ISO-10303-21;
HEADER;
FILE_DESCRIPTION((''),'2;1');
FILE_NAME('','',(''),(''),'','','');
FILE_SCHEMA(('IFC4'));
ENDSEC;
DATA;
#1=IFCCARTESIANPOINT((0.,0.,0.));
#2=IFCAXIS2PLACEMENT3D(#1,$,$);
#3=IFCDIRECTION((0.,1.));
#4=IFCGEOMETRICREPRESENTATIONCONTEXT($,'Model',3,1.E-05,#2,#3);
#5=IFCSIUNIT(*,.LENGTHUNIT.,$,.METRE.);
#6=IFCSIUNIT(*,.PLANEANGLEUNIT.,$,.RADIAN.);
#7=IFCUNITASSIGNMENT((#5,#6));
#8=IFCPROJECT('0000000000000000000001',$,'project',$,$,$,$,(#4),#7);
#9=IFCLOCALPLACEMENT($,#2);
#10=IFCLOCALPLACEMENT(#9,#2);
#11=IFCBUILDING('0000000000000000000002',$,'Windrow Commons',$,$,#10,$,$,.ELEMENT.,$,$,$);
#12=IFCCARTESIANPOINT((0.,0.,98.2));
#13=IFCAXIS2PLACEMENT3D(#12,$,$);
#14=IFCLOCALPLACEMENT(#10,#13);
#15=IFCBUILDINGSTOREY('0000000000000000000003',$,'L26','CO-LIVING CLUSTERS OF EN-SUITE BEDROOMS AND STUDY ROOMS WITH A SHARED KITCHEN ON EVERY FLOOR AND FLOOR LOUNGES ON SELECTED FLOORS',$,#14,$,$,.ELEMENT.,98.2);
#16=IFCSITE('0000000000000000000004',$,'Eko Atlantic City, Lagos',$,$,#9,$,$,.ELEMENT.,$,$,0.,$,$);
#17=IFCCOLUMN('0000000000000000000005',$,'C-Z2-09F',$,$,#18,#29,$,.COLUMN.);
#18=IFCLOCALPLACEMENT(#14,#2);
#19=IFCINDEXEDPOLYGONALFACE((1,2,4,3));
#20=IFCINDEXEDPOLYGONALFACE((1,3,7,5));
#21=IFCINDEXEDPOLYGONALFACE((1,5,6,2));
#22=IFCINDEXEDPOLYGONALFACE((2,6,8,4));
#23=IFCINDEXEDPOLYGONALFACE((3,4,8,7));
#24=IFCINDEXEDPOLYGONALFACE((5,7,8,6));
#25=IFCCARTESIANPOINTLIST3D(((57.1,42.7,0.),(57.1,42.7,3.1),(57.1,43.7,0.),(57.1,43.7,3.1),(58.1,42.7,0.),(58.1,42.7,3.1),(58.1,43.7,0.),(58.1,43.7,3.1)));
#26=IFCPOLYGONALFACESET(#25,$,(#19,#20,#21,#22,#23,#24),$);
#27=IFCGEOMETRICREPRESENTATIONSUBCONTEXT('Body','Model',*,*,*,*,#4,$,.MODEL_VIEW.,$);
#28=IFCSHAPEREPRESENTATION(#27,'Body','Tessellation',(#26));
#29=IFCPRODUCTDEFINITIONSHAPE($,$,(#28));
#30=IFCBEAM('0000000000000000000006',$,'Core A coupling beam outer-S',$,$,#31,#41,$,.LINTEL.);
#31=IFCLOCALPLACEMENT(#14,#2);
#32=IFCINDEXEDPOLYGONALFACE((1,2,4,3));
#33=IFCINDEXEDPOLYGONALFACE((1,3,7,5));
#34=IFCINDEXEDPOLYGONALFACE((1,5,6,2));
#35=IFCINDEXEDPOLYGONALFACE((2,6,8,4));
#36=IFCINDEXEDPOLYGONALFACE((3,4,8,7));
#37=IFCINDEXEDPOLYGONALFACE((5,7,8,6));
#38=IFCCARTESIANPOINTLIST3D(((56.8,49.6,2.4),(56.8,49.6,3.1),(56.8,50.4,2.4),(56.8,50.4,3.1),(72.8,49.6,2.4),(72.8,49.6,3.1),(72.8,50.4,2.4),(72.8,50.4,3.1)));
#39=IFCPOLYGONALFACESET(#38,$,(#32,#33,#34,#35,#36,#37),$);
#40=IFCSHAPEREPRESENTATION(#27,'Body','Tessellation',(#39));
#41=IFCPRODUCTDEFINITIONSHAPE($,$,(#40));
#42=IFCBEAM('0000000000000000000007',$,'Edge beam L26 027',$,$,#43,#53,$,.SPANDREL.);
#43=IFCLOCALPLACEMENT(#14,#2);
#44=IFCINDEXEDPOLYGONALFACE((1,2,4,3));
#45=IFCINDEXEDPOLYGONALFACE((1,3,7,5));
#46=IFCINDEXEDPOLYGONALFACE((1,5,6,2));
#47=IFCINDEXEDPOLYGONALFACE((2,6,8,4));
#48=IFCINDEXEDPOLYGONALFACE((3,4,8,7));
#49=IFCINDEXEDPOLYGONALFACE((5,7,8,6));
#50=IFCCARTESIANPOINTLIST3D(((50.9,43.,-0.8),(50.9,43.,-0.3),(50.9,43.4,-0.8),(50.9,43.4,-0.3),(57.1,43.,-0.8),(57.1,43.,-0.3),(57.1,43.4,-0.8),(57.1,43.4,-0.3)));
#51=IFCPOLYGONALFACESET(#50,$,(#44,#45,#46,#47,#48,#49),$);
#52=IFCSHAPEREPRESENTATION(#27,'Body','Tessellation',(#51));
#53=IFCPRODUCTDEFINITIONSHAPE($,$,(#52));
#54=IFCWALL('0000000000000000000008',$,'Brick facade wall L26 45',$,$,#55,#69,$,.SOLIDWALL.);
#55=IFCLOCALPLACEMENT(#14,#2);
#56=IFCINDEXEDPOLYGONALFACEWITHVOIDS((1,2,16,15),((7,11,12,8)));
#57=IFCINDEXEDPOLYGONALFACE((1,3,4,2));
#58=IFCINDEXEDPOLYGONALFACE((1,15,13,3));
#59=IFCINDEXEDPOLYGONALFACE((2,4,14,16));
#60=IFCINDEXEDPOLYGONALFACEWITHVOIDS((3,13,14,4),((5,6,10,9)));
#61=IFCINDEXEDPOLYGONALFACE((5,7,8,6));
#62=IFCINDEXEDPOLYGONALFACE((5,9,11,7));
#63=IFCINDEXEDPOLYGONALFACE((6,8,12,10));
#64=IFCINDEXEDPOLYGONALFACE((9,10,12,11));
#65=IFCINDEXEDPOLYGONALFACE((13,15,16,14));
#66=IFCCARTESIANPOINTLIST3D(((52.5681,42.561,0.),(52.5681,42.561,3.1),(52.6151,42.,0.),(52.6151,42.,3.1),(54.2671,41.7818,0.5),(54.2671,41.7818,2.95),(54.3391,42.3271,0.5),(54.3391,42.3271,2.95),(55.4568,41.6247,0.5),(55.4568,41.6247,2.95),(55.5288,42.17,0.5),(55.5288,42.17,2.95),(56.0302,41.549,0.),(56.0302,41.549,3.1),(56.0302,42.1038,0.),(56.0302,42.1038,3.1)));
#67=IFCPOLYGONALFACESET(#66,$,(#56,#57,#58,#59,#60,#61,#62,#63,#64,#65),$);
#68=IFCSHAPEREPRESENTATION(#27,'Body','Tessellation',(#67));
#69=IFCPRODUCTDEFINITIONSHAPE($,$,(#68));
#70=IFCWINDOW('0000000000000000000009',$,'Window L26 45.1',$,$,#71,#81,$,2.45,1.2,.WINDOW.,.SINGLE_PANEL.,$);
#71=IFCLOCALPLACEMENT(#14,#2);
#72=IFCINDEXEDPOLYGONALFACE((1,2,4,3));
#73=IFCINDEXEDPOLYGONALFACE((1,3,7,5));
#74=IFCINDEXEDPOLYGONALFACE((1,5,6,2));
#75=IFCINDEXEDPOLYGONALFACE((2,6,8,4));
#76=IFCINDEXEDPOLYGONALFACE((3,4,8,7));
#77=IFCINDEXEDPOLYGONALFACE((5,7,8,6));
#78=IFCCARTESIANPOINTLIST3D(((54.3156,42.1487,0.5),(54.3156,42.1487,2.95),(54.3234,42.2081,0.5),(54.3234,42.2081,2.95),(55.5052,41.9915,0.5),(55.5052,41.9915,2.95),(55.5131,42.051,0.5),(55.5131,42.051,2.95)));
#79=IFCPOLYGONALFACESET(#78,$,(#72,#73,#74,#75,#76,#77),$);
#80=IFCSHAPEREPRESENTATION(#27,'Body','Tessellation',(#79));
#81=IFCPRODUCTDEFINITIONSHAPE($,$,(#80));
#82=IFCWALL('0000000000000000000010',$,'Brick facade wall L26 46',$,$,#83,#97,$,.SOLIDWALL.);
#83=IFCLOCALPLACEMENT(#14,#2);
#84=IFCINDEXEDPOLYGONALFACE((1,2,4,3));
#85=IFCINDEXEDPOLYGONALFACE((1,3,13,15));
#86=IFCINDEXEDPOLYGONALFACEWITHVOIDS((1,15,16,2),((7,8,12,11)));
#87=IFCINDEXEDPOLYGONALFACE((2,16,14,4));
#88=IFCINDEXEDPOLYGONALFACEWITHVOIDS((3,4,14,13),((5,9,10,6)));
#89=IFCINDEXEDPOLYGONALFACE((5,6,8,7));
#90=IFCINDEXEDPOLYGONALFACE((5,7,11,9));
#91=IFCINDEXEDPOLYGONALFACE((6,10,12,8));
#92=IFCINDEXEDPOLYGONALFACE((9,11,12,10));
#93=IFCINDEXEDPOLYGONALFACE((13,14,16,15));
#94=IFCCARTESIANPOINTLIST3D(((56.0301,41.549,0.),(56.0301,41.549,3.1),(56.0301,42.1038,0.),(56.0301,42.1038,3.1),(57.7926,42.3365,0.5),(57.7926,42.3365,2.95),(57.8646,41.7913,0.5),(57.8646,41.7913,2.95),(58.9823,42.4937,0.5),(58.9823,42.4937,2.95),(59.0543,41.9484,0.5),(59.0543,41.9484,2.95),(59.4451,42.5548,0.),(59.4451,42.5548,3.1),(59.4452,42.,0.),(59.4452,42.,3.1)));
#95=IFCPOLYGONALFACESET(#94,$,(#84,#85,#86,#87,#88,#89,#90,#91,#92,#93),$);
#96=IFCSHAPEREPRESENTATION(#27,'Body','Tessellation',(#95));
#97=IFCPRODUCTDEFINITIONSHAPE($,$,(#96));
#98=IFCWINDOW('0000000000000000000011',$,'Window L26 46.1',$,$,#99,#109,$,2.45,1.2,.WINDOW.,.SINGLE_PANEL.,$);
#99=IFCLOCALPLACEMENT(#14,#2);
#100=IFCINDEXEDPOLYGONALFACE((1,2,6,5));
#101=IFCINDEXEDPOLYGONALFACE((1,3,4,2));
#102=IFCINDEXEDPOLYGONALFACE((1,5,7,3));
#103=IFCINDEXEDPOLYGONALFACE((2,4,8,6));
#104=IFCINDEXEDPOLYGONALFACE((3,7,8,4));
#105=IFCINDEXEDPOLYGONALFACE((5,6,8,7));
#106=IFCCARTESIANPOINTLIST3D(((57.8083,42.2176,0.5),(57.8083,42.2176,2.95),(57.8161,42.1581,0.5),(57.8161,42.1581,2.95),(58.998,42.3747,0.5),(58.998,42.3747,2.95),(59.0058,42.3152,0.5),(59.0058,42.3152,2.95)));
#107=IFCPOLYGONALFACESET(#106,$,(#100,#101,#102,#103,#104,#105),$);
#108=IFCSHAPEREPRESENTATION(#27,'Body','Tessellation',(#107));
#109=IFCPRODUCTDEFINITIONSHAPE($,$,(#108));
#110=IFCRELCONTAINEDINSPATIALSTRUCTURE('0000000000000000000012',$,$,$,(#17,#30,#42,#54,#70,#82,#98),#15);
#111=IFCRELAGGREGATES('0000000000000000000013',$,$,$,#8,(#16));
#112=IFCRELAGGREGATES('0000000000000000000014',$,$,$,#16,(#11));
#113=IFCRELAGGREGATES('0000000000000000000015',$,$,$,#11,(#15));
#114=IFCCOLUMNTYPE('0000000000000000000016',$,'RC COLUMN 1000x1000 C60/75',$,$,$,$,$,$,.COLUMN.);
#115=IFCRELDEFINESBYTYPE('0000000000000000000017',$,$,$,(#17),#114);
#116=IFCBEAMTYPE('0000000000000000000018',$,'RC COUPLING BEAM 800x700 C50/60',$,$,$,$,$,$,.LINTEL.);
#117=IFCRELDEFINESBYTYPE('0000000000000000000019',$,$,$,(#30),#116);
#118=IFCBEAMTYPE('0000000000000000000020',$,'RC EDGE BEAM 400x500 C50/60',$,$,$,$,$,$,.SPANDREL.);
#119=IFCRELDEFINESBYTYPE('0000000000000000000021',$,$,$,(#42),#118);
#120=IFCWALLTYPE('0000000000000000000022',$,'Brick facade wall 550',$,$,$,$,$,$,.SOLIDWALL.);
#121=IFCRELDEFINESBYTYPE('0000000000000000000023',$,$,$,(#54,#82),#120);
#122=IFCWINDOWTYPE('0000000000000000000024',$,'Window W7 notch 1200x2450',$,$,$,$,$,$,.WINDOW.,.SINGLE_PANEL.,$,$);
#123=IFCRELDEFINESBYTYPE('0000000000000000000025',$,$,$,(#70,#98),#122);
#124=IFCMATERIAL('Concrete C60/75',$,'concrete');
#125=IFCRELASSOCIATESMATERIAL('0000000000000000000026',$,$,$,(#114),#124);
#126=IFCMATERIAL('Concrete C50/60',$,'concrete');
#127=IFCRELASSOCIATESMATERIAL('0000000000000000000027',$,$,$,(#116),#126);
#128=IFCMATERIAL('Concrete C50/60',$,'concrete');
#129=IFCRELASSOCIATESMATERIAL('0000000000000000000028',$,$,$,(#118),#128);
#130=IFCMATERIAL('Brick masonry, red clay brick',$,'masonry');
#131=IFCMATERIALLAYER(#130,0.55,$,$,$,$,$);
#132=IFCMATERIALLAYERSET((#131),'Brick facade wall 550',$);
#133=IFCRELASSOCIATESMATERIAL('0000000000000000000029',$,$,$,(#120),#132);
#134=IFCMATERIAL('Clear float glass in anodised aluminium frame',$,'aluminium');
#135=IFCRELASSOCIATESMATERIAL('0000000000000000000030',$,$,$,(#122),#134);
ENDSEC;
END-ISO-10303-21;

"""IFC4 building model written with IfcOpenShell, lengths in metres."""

from ifc_helpers import new_model, si_unit, direction, frame, frame_2d, origin, origin_2d, place, context, subcontext, project, spatial, polyline, rectangle, outline, extrude, material, layer, layer_set, material_profile, profile_set, type_object, element, fill, save


model = new_model("IFC4")

# Units and contexts
model_context = context("Model", 3, precision=1e-05, world=origin(), true_north=direction((0.0, 1.0)))
body_context = subcontext(model_context, "Body", "Model", "MODEL_VIEW")
ifc_project = project(units=[si_unit("LENGTHUNIT", "METRE"), si_unit("PLANEANGLEUNIT", "RADIAN")], contexts=[model_context])

# Site, building, storey
site_placement = place(None, origin())
site = spatial("IfcSite", under=ifc_project, at=site_placement, Name="Eko Atlantic City, Lagos", CompositionType="ELEMENT", RefElevation=0.0)
building_placement = place(site_placement, origin())
building = spatial("IfcBuilding", under=site, at=building_placement, Name="Windrow Commons", CompositionType="ELEMENT")
storey_placement = place(building_placement, frame((0.0, 0.0, 98.2)))
storey = spatial("IfcBuildingStorey", under=building, at=storey_placement, Name="L26", Description="CO-LIVING CLUSTERS OF EN-SUITE BEDROOMS AND STUDY ROOMS WITH A SHARED KITCHEN ON EVERY FLOOR AND FLOOR LOUNGES ON SELECTED FLOORS", CompositionType="ELEMENT", Elevation=98.2)

# Column
ifc_material_1 = material(Name="Concrete C60/75", Category="concrete")
ifc_material_profile_1 = material_profile(ifc_material_1, rectangle(XDim=1.0, YDim=1.0, at=origin_2d()))
ifc_profile_set_1 = profile_set([ifc_material_profile_1], Name="Concrete C60/75")
column_type = type_object("IfcColumnType", Name="RC COLUMN 1000x1000 C60/75", PredefinedType="COLUMN", material=ifc_profile_set_1)
column_placement = place(storey_placement, frame((57.6, 43.2, 0.0), z_axis=(0.0, 0.0, 1.0), x_axis=(1.0, 0.0, 0.0)))
element("IfcColumn", 1, at=column_placement, inside=storey, type_object=column_type, Name="C-Z2-09F", PredefinedType="COLUMN", context=body_context, shape_type="SweptSolid", body=[
    extrude(rectangle(XDim=1.0, YDim=1.0, at=origin_2d()), origin(), (0.0, 0.0, 1.0), 3.1),
])

# Beams
ifc_material_2 = material(Name="Concrete C50/60", Category="concrete")
ifc_material_profile_2 = material_profile(ifc_material_2, rectangle(XDim=0.8, YDim=0.7, at=origin_2d()))
ifc_profile_set_2 = profile_set([ifc_material_profile_2], Name="Concrete C50/60")
beam_type_1 = type_object("IfcBeamType", Name="RC COUPLING BEAM 800x700 C50/60", PredefinedType="LINTEL", material=ifc_profile_set_2)
beam_1_placement = place(storey_placement, frame((56.8, 50.0, 2.75), z_axis=(1.0, 0.0, 0.0), x_axis=(0.0, 1.0, 0.0)))
element("IfcBeam", 2, at=beam_1_placement, inside=storey, type_object=beam_type_1, Name="Core A coupling beam outer-S", PredefinedType="LINTEL", context=body_context, shape_type="SweptSolid", body=[
    extrude(rectangle(XDim=0.8, YDim=0.7, at=origin_2d()), origin(), (0.0, 0.0, 1.0), 16.0),
])
ifc_material_3 = material(Name="Concrete C50/60", Category="concrete")
ifc_material_profile_3 = material_profile(ifc_material_3, rectangle(XDim=0.4, YDim=0.5, at=origin_2d()))
ifc_profile_set_3 = profile_set([ifc_material_profile_3], Name="Concrete C50/60")
beam_type_2 = type_object("IfcBeamType", Name="RC EDGE BEAM 400x500 C50/60", PredefinedType="SPANDREL", material=ifc_profile_set_3)
beam_2_placement = place(storey_placement, frame((57.1, 43.2, -0.55), z_axis=(-1.0, 0.0, 0.0), x_axis=(0.0, -1.0, 0.0)))
element("IfcBeam", 3, at=beam_2_placement, inside=storey, type_object=beam_type_2, Name="Edge beam L26 027", PredefinedType="SPANDREL", context=body_context, shape_type="SweptSolid", body=[
    extrude(rectangle(XDim=0.4, YDim=0.5, at=origin_2d()), origin(), (0.0, 0.0, 1.0), 6.2),
])

# Walls, openings, windows
ifc_material_4 = material(Name="Brick masonry, red clay brick", Category="masonry")
ifc_layer_1 = layer(ifc_material_4, 0.55)
ifc_layer_set_1 = layer_set([ifc_layer_1], Name="Brick facade wall 550")
wall_type_1 = type_object("IfcWallType", Name="Brick facade wall 550", PredefinedType="SOLIDWALL", material=ifc_layer_set_1)
wall_1_placement = place(storey_placement, frame((52.5916, 42.2805, 0.0), z_axis=(0.0, 0.0, 1.0), x_axis=(0.991392, -0.130927, 0.0)))
wall_1 = element("IfcWall", 4, at=wall_1_placement, inside=storey, type_object=wall_type_1, Name="Brick facade wall L26 45", PredefinedType="SOLIDWALL", context=body_context, shape_type="SweptSolid", body=[
    extrude(outline(polyline([(0.06, -0.275), (3.5048, -0.275), (3.4321, 0.275), (-0.06, 0.275), (0.06, -0.275)])), origin(), (0.0, 0.0, 1.0), 3.1),
])
opening_1_placement = place(wall_1_placement, frame((1.7264, 0.0, 0.5)))
opening_1 = element("IfcOpeningElement", 5, at=opening_1_placement, cuts=wall_1, PredefinedType="OPENING", context=body_context, shape_type="SweptSolid", body=[
    extrude(rectangle(XDim=1.2, YDim=2.45, at=frame_2d((0.6, 1.225))), frame((0.0, 0.285, 0.0), z_axis=(0.0, -1.0, 0.0), x_axis=(1.0, 0.0, 0.0)), (0.0, 0.0, 1.0), 0.57),
])
ifc_material_5 = material(Name="Clear float glass in anodised aluminium frame", Category="aluminium")
window_type = type_object("IfcWindowType", Name="Window W7 notch 1200x2450", PartitioningType="SINGLE_PANEL", PredefinedType="WINDOW", material=ifc_material_5)
window_1_placement = place(opening_1_placement, origin())
window_1 = element("IfcWindow", 6, at=window_1_placement, inside=storey, type_object=window_type, Name="Window L26 45.1", OverallHeight=2.45, OverallWidth=1.2, PartitioningType="SINGLE_PANEL", PredefinedType="WINDOW", context=body_context, shape_type="SweptSolid", body=[
    extrude(rectangle(XDim=1.2, YDim=2.45, at=frame_2d((0.6, 1.225))), frame((0.0, 0.155, 0.0), z_axis=(0.0, -1.0, 0.0), x_axis=(1.0, 0.0, 0.0)), (0.0, 0.0, 1.0), 0.06),
])
fill(opening_1, window_1)
wall_2_placement = place(storey_placement, frame((56.0301, 41.8264, 0.0), z_axis=(0.0, 0.0, 1.0), x_axis=(0.991392, 0.130924, 0.0)))
wall_2 = element("IfcWall", 7, at=wall_2_placement, inside=storey, type_object=wall_type_1, Name="Brick facade wall L26 46", PredefinedType="SOLIDWALL", context=body_context, shape_type="SweptSolid", body=[
    extrude(outline(polyline([(-0.0363, -0.275), (3.4084, -0.275), (3.481, 0.275), (0.0363, 0.275), (-0.0363, -0.275)])), origin(), (0.0, 0.0, 1.0), 3.1),
])
opening_2_placement = place(wall_2_placement, frame((1.8141, 0.0, 0.5)))
opening_2 = element("IfcOpeningElement", 8, at=opening_2_placement, cuts=wall_2, PredefinedType="OPENING", context=body_context, shape_type="SweptSolid", body=[
    extrude(rectangle(XDim=1.2, YDim=2.45, at=frame_2d((0.6, 1.225))), frame((0.0, 0.285, 0.0), z_axis=(0.0, -1.0, 0.0), x_axis=(1.0, 0.0, 0.0)), (0.0, 0.0, 1.0), 0.57),
])
window_2_placement = place(opening_2_placement, origin())
window_2 = element("IfcWindow", 9, at=window_2_placement, inside=storey, type_object=window_type, Name="Window L26 46.1", OverallHeight=2.45, OverallWidth=1.2, PartitioningType="SINGLE_PANEL", PredefinedType="WINDOW", context=body_context, shape_type="SweptSolid", body=[
    extrude(rectangle(XDim=1.2, YDim=2.45, at=frame_2d((0.6, 1.225))), frame((0.0, 0.155, 0.0), z_axis=(0.0, -1.0, 0.0), x_axis=(1.0, 0.0, 0.0)), (0.0, 0.0, 1.0), 0.06),
])
fill(opening_2, window_2)

save(model, "model.ifc")
